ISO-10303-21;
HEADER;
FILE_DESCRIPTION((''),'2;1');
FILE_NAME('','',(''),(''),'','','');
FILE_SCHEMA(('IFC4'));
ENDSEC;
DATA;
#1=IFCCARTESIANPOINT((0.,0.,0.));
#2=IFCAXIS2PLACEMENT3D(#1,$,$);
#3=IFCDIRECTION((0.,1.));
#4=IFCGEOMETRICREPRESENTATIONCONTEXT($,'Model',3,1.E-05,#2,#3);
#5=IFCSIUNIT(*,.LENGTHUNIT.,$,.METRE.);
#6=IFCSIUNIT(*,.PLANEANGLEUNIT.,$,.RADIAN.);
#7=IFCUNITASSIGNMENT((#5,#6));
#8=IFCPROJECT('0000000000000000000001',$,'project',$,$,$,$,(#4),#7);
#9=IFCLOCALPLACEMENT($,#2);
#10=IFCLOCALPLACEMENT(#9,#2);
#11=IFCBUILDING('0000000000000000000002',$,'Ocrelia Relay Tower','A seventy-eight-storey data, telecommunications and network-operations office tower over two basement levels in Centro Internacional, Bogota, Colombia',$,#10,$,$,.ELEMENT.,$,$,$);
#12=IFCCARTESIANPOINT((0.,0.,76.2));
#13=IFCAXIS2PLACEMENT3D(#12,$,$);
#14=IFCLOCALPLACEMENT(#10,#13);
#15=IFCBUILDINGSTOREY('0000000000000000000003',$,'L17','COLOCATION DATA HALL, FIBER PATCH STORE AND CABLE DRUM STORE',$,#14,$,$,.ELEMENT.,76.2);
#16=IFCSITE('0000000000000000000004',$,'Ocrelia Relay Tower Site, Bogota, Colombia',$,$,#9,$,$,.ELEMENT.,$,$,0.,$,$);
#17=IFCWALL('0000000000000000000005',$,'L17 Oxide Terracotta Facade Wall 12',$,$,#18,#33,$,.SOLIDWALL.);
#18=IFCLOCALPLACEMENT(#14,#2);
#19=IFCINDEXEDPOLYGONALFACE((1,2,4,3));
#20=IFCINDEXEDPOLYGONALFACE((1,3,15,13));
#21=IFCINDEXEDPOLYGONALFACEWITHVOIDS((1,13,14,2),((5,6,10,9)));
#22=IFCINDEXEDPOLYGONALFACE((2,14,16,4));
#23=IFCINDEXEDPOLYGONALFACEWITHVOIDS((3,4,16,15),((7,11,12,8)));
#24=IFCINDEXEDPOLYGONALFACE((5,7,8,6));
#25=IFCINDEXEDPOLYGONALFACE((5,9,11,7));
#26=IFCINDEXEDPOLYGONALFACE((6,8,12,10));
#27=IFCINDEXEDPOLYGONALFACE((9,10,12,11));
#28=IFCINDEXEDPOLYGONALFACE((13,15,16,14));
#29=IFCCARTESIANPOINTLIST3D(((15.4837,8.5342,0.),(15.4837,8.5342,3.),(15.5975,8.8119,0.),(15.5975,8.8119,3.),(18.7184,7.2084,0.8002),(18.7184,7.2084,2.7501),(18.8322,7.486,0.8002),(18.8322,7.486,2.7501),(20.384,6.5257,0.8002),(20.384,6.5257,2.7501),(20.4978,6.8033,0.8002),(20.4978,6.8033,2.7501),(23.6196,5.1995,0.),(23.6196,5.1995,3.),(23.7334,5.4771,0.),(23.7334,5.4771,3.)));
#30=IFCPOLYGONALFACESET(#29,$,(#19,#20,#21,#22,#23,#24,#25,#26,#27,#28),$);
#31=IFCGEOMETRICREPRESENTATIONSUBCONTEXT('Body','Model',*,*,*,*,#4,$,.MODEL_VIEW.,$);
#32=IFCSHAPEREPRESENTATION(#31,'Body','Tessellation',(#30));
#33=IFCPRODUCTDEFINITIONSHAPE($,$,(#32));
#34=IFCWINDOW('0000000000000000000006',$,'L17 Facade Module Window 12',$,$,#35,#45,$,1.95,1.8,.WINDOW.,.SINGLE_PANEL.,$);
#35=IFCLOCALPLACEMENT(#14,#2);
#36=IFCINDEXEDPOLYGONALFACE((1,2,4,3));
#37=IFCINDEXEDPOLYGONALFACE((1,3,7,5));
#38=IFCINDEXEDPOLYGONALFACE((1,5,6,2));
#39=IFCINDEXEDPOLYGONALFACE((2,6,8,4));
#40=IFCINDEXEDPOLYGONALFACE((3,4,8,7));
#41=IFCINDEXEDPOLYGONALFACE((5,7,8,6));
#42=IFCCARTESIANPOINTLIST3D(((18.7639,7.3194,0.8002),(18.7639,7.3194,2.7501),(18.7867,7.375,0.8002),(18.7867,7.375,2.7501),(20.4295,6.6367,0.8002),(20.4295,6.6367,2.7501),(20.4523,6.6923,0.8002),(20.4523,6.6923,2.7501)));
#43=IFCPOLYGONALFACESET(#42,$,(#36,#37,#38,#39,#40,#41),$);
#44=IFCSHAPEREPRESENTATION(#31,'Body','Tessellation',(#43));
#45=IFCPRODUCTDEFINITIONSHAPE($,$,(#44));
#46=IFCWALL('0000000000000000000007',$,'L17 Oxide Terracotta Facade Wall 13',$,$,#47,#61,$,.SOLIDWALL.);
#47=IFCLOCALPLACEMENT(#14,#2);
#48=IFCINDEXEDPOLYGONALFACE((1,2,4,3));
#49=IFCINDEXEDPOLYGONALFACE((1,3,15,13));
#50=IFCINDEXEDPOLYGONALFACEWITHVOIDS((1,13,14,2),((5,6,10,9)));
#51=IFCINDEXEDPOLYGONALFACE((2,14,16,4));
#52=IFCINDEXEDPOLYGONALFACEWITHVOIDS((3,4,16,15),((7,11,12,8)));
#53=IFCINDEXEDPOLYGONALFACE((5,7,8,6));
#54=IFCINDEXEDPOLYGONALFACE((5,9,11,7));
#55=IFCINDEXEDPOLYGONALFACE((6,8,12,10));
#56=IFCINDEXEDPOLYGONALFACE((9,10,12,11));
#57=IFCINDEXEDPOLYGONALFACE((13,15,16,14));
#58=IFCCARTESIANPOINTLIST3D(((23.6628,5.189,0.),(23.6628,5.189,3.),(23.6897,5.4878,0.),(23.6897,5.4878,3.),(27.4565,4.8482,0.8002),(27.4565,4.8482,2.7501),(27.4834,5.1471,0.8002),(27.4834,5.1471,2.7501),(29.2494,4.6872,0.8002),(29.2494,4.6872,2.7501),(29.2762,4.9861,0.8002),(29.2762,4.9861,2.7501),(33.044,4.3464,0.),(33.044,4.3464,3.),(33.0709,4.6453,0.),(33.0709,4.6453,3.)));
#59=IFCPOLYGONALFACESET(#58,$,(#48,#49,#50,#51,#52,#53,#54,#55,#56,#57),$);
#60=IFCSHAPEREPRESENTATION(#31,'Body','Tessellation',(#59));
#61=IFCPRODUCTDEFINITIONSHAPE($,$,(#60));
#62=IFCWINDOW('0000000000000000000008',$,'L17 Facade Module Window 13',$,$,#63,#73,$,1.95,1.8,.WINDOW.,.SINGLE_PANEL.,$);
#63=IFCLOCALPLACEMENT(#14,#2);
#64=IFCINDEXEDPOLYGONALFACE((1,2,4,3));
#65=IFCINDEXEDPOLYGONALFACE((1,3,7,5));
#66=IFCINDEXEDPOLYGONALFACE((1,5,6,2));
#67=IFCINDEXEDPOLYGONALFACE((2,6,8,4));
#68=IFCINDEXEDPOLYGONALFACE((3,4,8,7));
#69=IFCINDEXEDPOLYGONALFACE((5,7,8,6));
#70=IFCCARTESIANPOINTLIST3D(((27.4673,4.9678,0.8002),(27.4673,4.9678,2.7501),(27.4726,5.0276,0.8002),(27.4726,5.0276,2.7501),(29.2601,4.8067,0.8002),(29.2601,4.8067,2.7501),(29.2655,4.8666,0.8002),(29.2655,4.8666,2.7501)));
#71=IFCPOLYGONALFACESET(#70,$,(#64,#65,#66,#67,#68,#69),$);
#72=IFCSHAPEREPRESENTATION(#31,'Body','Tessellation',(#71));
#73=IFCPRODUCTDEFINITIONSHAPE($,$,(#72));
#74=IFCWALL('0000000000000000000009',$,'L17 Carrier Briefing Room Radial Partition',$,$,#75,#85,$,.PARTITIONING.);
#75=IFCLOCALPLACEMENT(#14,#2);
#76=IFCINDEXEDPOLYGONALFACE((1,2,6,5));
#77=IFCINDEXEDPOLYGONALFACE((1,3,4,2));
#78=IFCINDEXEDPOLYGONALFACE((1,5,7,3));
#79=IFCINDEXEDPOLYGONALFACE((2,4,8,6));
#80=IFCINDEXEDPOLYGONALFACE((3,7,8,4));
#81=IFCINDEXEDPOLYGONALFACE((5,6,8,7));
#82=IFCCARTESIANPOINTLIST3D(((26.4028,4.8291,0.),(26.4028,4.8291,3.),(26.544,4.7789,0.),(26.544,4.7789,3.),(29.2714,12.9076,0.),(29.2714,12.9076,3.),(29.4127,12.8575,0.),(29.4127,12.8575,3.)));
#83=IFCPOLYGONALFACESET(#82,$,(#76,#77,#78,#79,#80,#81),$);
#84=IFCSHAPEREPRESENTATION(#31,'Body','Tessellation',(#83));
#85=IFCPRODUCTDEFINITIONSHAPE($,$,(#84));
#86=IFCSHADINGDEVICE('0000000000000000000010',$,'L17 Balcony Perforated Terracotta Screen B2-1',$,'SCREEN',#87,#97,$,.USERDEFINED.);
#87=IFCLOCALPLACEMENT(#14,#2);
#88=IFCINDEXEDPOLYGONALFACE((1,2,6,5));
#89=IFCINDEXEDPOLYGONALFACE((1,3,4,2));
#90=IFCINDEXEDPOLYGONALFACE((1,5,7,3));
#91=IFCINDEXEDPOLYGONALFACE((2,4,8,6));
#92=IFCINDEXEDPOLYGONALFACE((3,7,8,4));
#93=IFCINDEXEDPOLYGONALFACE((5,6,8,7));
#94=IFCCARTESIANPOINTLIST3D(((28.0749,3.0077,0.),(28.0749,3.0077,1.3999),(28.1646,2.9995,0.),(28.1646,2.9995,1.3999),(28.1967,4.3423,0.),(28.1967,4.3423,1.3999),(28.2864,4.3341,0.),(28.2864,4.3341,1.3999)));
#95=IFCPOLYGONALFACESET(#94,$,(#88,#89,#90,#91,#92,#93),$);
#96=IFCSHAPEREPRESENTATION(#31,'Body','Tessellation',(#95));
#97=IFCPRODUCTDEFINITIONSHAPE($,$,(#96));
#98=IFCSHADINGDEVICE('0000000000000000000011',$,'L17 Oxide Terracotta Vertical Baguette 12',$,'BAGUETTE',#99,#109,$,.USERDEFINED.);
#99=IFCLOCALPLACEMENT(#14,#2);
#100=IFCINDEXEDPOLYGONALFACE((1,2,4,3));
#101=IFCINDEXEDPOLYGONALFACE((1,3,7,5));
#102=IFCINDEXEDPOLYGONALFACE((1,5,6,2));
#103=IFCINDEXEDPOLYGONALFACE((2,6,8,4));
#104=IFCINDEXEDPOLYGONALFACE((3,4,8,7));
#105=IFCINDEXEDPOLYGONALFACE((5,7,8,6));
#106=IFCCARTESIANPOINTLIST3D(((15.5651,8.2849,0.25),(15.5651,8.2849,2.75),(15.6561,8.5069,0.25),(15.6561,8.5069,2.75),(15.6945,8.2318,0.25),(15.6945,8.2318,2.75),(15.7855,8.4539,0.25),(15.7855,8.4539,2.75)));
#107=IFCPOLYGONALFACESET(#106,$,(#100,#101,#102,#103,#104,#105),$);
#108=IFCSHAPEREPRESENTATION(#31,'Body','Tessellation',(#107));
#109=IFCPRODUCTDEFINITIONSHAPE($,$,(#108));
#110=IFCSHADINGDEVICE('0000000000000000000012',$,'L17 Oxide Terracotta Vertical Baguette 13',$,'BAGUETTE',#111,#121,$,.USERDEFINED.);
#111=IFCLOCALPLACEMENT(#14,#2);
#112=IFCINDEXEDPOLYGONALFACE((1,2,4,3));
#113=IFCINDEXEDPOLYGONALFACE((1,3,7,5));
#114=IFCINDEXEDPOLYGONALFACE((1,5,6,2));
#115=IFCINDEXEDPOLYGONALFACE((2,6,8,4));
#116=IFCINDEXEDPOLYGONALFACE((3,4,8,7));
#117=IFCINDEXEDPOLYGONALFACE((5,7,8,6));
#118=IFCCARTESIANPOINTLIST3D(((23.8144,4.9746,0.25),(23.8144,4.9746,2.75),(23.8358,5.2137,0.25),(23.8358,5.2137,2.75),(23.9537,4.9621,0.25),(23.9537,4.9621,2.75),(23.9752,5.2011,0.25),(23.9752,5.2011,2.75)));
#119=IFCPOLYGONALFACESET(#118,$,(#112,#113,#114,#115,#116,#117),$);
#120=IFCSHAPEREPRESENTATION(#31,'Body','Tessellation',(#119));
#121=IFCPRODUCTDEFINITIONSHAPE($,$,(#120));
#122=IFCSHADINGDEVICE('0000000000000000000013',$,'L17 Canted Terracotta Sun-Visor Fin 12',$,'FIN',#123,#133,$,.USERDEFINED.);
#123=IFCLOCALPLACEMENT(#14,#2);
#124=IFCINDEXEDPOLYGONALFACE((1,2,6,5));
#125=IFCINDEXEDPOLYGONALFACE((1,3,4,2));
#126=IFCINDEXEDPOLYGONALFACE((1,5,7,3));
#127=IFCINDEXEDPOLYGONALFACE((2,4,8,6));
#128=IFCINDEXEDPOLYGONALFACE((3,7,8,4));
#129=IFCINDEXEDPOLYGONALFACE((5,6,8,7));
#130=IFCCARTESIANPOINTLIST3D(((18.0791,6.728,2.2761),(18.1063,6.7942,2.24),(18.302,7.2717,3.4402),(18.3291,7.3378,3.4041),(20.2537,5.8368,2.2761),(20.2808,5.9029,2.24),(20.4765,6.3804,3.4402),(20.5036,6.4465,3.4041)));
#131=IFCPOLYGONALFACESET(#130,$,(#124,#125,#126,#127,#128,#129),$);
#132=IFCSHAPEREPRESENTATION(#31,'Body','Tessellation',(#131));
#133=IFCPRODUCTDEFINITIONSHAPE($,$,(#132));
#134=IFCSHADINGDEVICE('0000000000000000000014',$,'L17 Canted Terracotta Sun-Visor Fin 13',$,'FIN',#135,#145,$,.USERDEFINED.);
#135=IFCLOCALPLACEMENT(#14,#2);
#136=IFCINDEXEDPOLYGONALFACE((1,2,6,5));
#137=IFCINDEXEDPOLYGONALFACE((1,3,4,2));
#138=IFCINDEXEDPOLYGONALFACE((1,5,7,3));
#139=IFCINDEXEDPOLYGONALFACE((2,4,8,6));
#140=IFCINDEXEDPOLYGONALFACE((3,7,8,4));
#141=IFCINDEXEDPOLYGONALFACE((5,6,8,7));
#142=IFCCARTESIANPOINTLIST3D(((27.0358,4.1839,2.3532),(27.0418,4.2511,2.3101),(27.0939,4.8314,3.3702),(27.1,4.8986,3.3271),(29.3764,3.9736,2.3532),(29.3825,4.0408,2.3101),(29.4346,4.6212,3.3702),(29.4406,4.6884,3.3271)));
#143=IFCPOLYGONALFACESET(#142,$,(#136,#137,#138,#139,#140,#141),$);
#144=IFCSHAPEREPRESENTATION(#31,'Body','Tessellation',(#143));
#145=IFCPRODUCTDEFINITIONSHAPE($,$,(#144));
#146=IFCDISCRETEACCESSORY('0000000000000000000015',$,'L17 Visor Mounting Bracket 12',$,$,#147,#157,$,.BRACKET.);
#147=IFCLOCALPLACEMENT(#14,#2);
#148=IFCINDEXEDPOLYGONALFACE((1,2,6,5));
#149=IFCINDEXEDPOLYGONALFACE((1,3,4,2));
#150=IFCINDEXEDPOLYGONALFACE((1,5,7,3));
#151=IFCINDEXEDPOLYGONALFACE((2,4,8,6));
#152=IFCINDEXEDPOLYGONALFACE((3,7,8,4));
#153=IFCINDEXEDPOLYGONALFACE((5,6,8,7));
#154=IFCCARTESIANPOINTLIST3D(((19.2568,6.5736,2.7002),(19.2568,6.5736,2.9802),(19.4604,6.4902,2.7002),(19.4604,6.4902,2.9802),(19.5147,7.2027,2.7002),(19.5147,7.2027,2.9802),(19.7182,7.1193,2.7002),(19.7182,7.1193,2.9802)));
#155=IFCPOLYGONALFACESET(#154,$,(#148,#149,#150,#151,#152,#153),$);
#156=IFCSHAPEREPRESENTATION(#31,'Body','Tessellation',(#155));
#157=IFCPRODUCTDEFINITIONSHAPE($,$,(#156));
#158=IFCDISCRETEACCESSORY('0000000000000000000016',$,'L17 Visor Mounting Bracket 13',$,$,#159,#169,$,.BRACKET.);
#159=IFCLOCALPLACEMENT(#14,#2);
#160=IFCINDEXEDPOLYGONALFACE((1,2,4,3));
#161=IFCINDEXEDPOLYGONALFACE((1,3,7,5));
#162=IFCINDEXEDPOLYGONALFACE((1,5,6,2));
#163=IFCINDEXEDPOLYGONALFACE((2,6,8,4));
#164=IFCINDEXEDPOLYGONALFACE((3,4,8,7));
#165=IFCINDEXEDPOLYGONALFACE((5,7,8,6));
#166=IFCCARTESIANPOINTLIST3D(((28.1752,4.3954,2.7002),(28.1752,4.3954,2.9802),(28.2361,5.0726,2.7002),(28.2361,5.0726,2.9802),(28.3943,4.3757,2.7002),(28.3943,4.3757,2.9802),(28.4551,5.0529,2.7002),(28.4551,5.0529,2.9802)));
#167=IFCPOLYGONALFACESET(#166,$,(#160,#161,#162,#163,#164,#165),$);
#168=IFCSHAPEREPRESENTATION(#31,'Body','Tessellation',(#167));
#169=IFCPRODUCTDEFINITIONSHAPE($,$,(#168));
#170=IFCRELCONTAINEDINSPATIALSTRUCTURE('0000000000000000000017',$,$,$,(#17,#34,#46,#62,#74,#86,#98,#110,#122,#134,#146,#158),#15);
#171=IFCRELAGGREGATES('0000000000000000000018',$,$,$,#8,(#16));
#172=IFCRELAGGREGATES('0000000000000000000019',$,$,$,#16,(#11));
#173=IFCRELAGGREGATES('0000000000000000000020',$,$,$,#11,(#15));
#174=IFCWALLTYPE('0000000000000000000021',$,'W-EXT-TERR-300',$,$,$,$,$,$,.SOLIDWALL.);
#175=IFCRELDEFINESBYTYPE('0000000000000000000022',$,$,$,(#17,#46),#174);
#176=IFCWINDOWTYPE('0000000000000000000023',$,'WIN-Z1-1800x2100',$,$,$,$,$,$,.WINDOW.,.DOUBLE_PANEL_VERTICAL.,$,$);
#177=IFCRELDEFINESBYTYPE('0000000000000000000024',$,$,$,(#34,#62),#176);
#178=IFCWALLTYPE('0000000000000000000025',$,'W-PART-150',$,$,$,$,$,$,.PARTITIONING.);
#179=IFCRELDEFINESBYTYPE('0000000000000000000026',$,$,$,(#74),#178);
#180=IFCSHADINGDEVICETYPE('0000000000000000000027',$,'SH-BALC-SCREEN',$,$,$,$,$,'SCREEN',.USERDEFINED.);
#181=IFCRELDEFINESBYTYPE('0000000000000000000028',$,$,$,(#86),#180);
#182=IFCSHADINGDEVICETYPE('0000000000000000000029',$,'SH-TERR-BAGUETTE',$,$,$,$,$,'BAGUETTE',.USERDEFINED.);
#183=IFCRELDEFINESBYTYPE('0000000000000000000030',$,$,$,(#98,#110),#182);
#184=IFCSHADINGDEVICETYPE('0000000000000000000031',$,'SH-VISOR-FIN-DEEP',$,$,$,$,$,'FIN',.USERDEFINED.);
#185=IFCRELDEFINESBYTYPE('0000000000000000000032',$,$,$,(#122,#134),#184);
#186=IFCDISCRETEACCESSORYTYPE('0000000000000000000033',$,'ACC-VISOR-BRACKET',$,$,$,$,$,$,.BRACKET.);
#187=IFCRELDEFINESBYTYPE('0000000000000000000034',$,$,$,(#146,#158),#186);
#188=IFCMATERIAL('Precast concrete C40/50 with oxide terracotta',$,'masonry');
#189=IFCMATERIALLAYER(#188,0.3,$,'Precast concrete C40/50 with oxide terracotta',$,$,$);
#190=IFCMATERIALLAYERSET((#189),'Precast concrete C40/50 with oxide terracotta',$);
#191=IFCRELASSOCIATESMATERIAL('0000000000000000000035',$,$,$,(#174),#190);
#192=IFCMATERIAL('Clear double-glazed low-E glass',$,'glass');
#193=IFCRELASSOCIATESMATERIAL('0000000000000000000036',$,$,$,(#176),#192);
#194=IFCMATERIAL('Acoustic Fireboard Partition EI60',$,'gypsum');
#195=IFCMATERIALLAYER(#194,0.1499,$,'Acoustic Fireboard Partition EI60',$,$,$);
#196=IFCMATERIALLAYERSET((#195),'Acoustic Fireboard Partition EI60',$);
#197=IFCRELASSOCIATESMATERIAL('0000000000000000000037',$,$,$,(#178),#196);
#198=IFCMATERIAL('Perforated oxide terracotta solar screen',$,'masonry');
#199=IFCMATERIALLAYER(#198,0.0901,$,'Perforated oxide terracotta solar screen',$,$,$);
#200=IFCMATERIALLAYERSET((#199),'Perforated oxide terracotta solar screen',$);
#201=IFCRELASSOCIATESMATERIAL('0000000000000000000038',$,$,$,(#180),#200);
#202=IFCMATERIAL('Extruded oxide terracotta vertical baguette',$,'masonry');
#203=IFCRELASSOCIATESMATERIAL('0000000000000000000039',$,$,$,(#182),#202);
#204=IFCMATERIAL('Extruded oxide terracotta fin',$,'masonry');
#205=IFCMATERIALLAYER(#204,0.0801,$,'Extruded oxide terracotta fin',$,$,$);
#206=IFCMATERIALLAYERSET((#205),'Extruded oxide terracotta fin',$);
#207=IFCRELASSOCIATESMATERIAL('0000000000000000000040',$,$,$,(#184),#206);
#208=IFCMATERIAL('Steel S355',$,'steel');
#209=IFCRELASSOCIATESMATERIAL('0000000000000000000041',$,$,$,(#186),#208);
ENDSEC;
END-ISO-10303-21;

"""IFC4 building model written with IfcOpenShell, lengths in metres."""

from ifc_helpers import new_model, si_unit, direction, frame, frame_2d, origin, origin_2d, place, context, subcontext, project, spatial, rectangle, extrude, material, layer, layer_set, type_object, element, fill, save


model = new_model("IFC4")

# Units and contexts
model_context = context("Model", 3, precision=1e-05, world=origin(), true_north=direction((0.0, 1.0)))
body_context = subcontext(model_context, "Body", "Model", "MODEL_VIEW")
ifc_project = project(units=[si_unit("LENGTHUNIT", "METRE"), si_unit("PLANEANGLEUNIT", "RADIAN")], contexts=[model_context])

# Site, building, storey
site_placement = place(None, origin())
site = spatial("IfcSite", under=ifc_project, at=site_placement, Name="Ocrelia Relay Tower Site, Bogota, Colombia", CompositionType="ELEMENT", RefElevation=0.0)
building_placement = place(site_placement, origin())
building = spatial("IfcBuilding", under=site, at=building_placement, Name="Ocrelia Relay Tower", Description="A seventy-eight-storey data, telecommunications and network-operations office tower over two basement levels in Centro Internacional, Bogota, Colombia", CompositionType="ELEMENT")
storey_placement = place(building_placement, frame((0.0, 0.0, 76.2)))
storey = spatial("IfcBuildingStorey", under=building, at=storey_placement, Name="L17", Description="COLOCATION DATA HALL, FIBER PATCH STORE AND CABLE DRUM STORE", CompositionType="ELEMENT", Elevation=76.2)

# Shared definitions
ifc_material_1 = material(Name="Steel S355", Category="steel")

# Walls, openings, windows
ifc_material_2 = material(Name="Precast concrete C40/50 with oxide terracotta", Category="masonry")
ifc_layer_1 = layer(ifc_material_2, 0.3, Name="Precast concrete C40/50 with oxide terracotta")
ifc_layer_set_1 = layer_set([ifc_layer_1], Name="Precast concrete C40/50 with oxide terracotta")
wall_type_1 = type_object("IfcWallType", Name="W-EXT-TERR-300", PredefinedType="SOLIDWALL", material=ifc_layer_set_1)
wall_1_placement = place(storey_placement, frame((15.5405, 8.6731, 0.0), z_axis=(0.0, 0.0, 1.0), x_axis=(0.925289, -0.379262, 0.0)))
wall_1 = element("IfcWall", 1, at=wall_1_placement, inside=storey, type_object=wall_type_1, Name="L17 Oxide Terracotta Facade Wall 12", PredefinedType="SOLIDWALL", context=body_context, shape_type="SweptSolid", body=[
    extrude(rectangle(XDim=8.7927, YDim=0.3, at=frame_2d((4.3965, 0.0))), origin(), (0.0, 0.0, 1.0), 3.0),
])
opening_1_placement = place(wall_1_placement, frame((3.4961, 0.0, 0.8)))
opening_1 = element("IfcOpeningElement", 2, at=opening_1_placement, cuts=wall_1, PredefinedType="OPENING", context=body_context, shape_type="SweptSolid", body=[
    extrude(rectangle(XDim=1.8, YDim=1.95, at=frame_2d((0.8999, 0.9751))), frame((0.0, 0.1602, 0.0), z_axis=(0.0, -1.0, 0.0), x_axis=(1.0, 0.0, 0.0)), (0.0, 0.0, 1.0), 0.3201),
])
ifc_material_3 = material(Name="Clear double-glazed low-E glass", Category="glass")
window_type = type_object("IfcWindowType", Name="WIN-Z1-1800x2100", PartitioningType="DOUBLE_PANEL_VERTICAL", PredefinedType="WINDOW", material=ifc_material_3)
window_1_placement = place(opening_1_placement, origin())
window_1 = element("IfcWindow", 3, at=window_1_placement, inside=storey, type_object=window_type, Name="L17 Facade Module Window 12", OverallHeight=1.95, OverallWidth=1.8, PartitioningType="SINGLE_PANEL", PredefinedType="WINDOW", context=body_context, shape_type="SweptSolid", body=[
    extrude(rectangle(XDim=1.8, YDim=1.95, at=frame_2d((0.8999, 0.9751))), frame((0.0, 0.03, 0.0), z_axis=(0.0, -1.0, 0.0), x_axis=(1.0, 0.0, 0.0)), (0.0, 0.0, 1.0), 0.0601),
])
fill(opening_1, window_1)
wall_2_placement = place(storey_placement, frame((23.6763, 5.3384, 0.0), z_axis=(0.0, 0.0, 1.0), x_axis=(0.995991, -0.089451, 0.0)))
wall_2 = element("IfcWall", 4, at=wall_2_placement, inside=storey, type_object=wall_type_1, Name="L17 Oxide Terracotta Facade Wall 13", PredefinedType="SOLIDWALL", context=body_context, shape_type="SweptSolid", body=[
    extrude(rectangle(XDim=9.4189, YDim=0.3, at=frame_2d((4.7095, 0.0))), origin(), (0.0, 0.0, 1.0), 3.0),
])
opening_2_placement = place(wall_2_placement, frame((3.8091, 0.0, 0.8)))
opening_2 = element("IfcOpeningElement", 5, at=opening_2_placement, cuts=wall_2, PredefinedType="OPENING", context=body_context, shape_type="SweptSolid", body=[
    extrude(rectangle(XDim=1.8, YDim=1.95, at=frame_2d((0.8999, 0.9751))), frame((0.0, 0.1602, 0.0), z_axis=(0.0, -1.0, 0.0), x_axis=(1.0, 0.0, 0.0)), (0.0, 0.0, 1.0), 0.3201),
])
window_2_placement = place(opening_2_placement, origin())
window_2 = element("IfcWindow", 6, at=window_2_placement, inside=storey, type_object=window_type, Name="L17 Facade Module Window 13", OverallHeight=1.95, OverallWidth=1.8, PartitioningType="SINGLE_PANEL", PredefinedType="WINDOW", context=body_context, shape_type="SweptSolid", body=[
    extrude(rectangle(XDim=1.8, YDim=1.95, at=frame_2d((0.8999, 0.9751))), frame((0.0, 0.03, 0.0), z_axis=(0.0, -1.0, 0.0), x_axis=(1.0, 0.0, 0.0)), (0.0, 0.0, 1.0), 0.0601),
])
fill(opening_2, window_2)

# Wall
ifc_material_4 = material(Name="Acoustic Fireboard Partition EI60", Category="gypsum")
ifc_layer_2 = layer(ifc_material_4, 0.1499, Name="Acoustic Fireboard Partition EI60")
ifc_layer_set_2 = layer_set([ifc_layer_2], Name="Acoustic Fireboard Partition EI60")
wall_type_2 = type_object("IfcWallType", Name="W-PART-150", PredefinedType="PARTITIONING", material=ifc_layer_set_2)
wall_3_placement = place(storey_placement, frame((29.342, 12.8826, 0.0), z_axis=(0.0, 0.0, 1.0), x_axis=(-0.334622, -0.942352, 0.0)))
element("IfcWall", 7, at=wall_3_placement, inside=storey, type_object=wall_type_2, Name="L17 Carrier Briefing Room Radial Partition", PredefinedType="PARTITIONING", context=body_context, shape_type="SweptSolid", body=[
    extrude(rectangle(XDim=8.5728, YDim=0.1499, at=frame_2d((4.2864, 0.0))), origin(), (0.0, 0.0, 1.0), 3.0),
])

# Shading devices
ifc_material_5 = material(Name="Perforated oxide terracotta solar screen", Category="masonry")
ifc_layer_3 = layer(ifc_material_5, 0.0901, Name="Perforated oxide terracotta solar screen")
ifc_layer_set_3 = layer_set([ifc_layer_3], Name="Perforated oxide terracotta solar screen")
shading_device_type_1 = type_object("IfcShadingDeviceType", Name="SH-BALC-SCREEN", ElementType="SCREEN", PredefinedType="USERDEFINED", material=ifc_layer_set_3)
shading_device_1_placement = place(storey_placement, frame((28.1807, 3.6709, 0.0), z_axis=(0.0, 0.0, 1.0), x_axis=(-0.09093, -0.995857, 0.0)))
element("IfcShadingDevice", 8, at=shading_device_1_placement, inside=storey, type_object=shading_device_type_1, Name="L17 Balcony Perforated Terracotta Screen B2-1", ObjectType="SCREEN", PredefinedType="USERDEFINED", context=body_context, shape_type="SweptSolid", body=[
    extrude(rectangle(XDim=1.3401, YDim=0.0901, at=origin_2d()), origin(), (0.0, 0.0, 1.0), 1.3999),
])
ifc_material_6 = material(Name="Extruded oxide terracotta vertical baguette", Category="masonry")
shading_device_type_2 = type_object("IfcShadingDeviceType", Name="SH-TERR-BAGUETTE", ElementType="BAGUETTE", PredefinedType="USERDEFINED", material=ifc_material_6)
for number, where, z_axis, x_axis, name in (
    (9, (15.6753, 8.3694, 0.25), (0.0, 0.0, 1.0), (0.925295, -0.379248, 0.0), "L17 Oxide Terracotta Vertical Baguette 12"),
    (10, (23.8948, 5.0879, 0.25), (0.0, 0.0, 1.0), (0.99599, -0.08946, 0.0), "L17 Oxide Terracotta Vertical Baguette 13"),
):
    element("IfcShadingDevice", number, at=place(storey_placement, frame(where, z_axis=z_axis, x_axis=x_axis)), inside=storey, type_object=shading_device_type_2, Name=name, ObjectType="BAGUETTE", PredefinedType="USERDEFINED", context=body_context, shape_type="SweptSolid", body=[
        extrude(rectangle(XDim=0.1399, YDim=0.24, at=origin_2d()), origin(), (0.0, 0.0, 1.0), 2.5),
    ])
ifc_material_7 = material(Name="Extruded oxide terracotta fin", Category="masonry")
ifc_layer_4 = layer(ifc_material_7, 0.0801, Name="Extruded oxide terracotta fin")
ifc_layer_set_4 = layer_set([ifc_layer_4], Name="Extruded oxide terracotta fin")
shading_device_type_3 = type_object("IfcShadingDeviceType", Name="SH-VISOR-FIN-DEEP", ElementType="FIN", PredefinedType="USERDEFINED", material=ifc_layer_set_4)
shading_device_2_placement = place(storey_placement, frame((19.3049, 6.6204, 2.822), z_axis=(-0.338571, -0.826051, 0.450566), x_axis=(0.925295, -0.379248, 0.0)))
element("IfcShadingDevice", 11, at=shading_device_2_placement, inside=storey, type_object=shading_device_type_3, Name="L17 Canted Terracotta Sun-Visor Fin 12", ObjectType="FIN", PredefinedType="USERDEFINED", context=body_context, shape_type="SweptSolid", body=[
    extrude(rectangle(XDim=2.3501, YDim=1.304, at=origin_2d()), origin(), (0.0, 0.0, 1.0), 0.0801),
])
shading_device_3_placement = place(storey_placement, frame((28.2412, 4.4697, 2.8186), z_axis=(-0.075374, -0.839168, 0.538624), x_axis=(0.99599, -0.08946, 0.0)))
element("IfcShadingDevice", 12, at=shading_device_3_placement, inside=storey, type_object=shading_device_type_3, Name="L17 Canted Terracotta Sun-Visor Fin 13", ObjectType="FIN", PredefinedType="USERDEFINED", context=body_context, shape_type="SweptSolid", body=[
    extrude(rectangle(XDim=2.3501, YDim=1.207, at=origin_2d()), origin(), (0.0, 0.0, 1.0), 0.0801),
])

# Discrete accessories
discrete_accessory_type = type_object("IfcDiscreteAccessoryType", Name="ACC-VISOR-BRACKET", PredefinedType="BRACKET", material=ifc_material_1)
for number, where, z_axis, x_axis, name in (
    (13, (19.4875, 6.8464, 2.7002), (0.0, 0.0, 1.0), (0.925295, -0.379248, 0.0), "L17 Visor Mounting Bracket 12"),
    (14, (28.3152, 4.7241, 2.7002), (0.0, 0.0, 1.0), (0.99599, -0.08946, 0.0), "L17 Visor Mounting Bracket 13"),
):
    element("IfcDiscreteAccessory", number, at=place(storey_placement, frame(where, z_axis=z_axis, x_axis=x_axis)), inside=storey, type_object=discrete_accessory_type, Name=name, PredefinedType="BRACKET", context=body_context, shape_type="SweptSolid", body=[
        extrude(rectangle(XDim=0.22, YDim=0.6799, at=origin_2d()), origin(), (0.0, 0.0, 1.0), 0.28),
    ])

save(model, "model.ifc")
